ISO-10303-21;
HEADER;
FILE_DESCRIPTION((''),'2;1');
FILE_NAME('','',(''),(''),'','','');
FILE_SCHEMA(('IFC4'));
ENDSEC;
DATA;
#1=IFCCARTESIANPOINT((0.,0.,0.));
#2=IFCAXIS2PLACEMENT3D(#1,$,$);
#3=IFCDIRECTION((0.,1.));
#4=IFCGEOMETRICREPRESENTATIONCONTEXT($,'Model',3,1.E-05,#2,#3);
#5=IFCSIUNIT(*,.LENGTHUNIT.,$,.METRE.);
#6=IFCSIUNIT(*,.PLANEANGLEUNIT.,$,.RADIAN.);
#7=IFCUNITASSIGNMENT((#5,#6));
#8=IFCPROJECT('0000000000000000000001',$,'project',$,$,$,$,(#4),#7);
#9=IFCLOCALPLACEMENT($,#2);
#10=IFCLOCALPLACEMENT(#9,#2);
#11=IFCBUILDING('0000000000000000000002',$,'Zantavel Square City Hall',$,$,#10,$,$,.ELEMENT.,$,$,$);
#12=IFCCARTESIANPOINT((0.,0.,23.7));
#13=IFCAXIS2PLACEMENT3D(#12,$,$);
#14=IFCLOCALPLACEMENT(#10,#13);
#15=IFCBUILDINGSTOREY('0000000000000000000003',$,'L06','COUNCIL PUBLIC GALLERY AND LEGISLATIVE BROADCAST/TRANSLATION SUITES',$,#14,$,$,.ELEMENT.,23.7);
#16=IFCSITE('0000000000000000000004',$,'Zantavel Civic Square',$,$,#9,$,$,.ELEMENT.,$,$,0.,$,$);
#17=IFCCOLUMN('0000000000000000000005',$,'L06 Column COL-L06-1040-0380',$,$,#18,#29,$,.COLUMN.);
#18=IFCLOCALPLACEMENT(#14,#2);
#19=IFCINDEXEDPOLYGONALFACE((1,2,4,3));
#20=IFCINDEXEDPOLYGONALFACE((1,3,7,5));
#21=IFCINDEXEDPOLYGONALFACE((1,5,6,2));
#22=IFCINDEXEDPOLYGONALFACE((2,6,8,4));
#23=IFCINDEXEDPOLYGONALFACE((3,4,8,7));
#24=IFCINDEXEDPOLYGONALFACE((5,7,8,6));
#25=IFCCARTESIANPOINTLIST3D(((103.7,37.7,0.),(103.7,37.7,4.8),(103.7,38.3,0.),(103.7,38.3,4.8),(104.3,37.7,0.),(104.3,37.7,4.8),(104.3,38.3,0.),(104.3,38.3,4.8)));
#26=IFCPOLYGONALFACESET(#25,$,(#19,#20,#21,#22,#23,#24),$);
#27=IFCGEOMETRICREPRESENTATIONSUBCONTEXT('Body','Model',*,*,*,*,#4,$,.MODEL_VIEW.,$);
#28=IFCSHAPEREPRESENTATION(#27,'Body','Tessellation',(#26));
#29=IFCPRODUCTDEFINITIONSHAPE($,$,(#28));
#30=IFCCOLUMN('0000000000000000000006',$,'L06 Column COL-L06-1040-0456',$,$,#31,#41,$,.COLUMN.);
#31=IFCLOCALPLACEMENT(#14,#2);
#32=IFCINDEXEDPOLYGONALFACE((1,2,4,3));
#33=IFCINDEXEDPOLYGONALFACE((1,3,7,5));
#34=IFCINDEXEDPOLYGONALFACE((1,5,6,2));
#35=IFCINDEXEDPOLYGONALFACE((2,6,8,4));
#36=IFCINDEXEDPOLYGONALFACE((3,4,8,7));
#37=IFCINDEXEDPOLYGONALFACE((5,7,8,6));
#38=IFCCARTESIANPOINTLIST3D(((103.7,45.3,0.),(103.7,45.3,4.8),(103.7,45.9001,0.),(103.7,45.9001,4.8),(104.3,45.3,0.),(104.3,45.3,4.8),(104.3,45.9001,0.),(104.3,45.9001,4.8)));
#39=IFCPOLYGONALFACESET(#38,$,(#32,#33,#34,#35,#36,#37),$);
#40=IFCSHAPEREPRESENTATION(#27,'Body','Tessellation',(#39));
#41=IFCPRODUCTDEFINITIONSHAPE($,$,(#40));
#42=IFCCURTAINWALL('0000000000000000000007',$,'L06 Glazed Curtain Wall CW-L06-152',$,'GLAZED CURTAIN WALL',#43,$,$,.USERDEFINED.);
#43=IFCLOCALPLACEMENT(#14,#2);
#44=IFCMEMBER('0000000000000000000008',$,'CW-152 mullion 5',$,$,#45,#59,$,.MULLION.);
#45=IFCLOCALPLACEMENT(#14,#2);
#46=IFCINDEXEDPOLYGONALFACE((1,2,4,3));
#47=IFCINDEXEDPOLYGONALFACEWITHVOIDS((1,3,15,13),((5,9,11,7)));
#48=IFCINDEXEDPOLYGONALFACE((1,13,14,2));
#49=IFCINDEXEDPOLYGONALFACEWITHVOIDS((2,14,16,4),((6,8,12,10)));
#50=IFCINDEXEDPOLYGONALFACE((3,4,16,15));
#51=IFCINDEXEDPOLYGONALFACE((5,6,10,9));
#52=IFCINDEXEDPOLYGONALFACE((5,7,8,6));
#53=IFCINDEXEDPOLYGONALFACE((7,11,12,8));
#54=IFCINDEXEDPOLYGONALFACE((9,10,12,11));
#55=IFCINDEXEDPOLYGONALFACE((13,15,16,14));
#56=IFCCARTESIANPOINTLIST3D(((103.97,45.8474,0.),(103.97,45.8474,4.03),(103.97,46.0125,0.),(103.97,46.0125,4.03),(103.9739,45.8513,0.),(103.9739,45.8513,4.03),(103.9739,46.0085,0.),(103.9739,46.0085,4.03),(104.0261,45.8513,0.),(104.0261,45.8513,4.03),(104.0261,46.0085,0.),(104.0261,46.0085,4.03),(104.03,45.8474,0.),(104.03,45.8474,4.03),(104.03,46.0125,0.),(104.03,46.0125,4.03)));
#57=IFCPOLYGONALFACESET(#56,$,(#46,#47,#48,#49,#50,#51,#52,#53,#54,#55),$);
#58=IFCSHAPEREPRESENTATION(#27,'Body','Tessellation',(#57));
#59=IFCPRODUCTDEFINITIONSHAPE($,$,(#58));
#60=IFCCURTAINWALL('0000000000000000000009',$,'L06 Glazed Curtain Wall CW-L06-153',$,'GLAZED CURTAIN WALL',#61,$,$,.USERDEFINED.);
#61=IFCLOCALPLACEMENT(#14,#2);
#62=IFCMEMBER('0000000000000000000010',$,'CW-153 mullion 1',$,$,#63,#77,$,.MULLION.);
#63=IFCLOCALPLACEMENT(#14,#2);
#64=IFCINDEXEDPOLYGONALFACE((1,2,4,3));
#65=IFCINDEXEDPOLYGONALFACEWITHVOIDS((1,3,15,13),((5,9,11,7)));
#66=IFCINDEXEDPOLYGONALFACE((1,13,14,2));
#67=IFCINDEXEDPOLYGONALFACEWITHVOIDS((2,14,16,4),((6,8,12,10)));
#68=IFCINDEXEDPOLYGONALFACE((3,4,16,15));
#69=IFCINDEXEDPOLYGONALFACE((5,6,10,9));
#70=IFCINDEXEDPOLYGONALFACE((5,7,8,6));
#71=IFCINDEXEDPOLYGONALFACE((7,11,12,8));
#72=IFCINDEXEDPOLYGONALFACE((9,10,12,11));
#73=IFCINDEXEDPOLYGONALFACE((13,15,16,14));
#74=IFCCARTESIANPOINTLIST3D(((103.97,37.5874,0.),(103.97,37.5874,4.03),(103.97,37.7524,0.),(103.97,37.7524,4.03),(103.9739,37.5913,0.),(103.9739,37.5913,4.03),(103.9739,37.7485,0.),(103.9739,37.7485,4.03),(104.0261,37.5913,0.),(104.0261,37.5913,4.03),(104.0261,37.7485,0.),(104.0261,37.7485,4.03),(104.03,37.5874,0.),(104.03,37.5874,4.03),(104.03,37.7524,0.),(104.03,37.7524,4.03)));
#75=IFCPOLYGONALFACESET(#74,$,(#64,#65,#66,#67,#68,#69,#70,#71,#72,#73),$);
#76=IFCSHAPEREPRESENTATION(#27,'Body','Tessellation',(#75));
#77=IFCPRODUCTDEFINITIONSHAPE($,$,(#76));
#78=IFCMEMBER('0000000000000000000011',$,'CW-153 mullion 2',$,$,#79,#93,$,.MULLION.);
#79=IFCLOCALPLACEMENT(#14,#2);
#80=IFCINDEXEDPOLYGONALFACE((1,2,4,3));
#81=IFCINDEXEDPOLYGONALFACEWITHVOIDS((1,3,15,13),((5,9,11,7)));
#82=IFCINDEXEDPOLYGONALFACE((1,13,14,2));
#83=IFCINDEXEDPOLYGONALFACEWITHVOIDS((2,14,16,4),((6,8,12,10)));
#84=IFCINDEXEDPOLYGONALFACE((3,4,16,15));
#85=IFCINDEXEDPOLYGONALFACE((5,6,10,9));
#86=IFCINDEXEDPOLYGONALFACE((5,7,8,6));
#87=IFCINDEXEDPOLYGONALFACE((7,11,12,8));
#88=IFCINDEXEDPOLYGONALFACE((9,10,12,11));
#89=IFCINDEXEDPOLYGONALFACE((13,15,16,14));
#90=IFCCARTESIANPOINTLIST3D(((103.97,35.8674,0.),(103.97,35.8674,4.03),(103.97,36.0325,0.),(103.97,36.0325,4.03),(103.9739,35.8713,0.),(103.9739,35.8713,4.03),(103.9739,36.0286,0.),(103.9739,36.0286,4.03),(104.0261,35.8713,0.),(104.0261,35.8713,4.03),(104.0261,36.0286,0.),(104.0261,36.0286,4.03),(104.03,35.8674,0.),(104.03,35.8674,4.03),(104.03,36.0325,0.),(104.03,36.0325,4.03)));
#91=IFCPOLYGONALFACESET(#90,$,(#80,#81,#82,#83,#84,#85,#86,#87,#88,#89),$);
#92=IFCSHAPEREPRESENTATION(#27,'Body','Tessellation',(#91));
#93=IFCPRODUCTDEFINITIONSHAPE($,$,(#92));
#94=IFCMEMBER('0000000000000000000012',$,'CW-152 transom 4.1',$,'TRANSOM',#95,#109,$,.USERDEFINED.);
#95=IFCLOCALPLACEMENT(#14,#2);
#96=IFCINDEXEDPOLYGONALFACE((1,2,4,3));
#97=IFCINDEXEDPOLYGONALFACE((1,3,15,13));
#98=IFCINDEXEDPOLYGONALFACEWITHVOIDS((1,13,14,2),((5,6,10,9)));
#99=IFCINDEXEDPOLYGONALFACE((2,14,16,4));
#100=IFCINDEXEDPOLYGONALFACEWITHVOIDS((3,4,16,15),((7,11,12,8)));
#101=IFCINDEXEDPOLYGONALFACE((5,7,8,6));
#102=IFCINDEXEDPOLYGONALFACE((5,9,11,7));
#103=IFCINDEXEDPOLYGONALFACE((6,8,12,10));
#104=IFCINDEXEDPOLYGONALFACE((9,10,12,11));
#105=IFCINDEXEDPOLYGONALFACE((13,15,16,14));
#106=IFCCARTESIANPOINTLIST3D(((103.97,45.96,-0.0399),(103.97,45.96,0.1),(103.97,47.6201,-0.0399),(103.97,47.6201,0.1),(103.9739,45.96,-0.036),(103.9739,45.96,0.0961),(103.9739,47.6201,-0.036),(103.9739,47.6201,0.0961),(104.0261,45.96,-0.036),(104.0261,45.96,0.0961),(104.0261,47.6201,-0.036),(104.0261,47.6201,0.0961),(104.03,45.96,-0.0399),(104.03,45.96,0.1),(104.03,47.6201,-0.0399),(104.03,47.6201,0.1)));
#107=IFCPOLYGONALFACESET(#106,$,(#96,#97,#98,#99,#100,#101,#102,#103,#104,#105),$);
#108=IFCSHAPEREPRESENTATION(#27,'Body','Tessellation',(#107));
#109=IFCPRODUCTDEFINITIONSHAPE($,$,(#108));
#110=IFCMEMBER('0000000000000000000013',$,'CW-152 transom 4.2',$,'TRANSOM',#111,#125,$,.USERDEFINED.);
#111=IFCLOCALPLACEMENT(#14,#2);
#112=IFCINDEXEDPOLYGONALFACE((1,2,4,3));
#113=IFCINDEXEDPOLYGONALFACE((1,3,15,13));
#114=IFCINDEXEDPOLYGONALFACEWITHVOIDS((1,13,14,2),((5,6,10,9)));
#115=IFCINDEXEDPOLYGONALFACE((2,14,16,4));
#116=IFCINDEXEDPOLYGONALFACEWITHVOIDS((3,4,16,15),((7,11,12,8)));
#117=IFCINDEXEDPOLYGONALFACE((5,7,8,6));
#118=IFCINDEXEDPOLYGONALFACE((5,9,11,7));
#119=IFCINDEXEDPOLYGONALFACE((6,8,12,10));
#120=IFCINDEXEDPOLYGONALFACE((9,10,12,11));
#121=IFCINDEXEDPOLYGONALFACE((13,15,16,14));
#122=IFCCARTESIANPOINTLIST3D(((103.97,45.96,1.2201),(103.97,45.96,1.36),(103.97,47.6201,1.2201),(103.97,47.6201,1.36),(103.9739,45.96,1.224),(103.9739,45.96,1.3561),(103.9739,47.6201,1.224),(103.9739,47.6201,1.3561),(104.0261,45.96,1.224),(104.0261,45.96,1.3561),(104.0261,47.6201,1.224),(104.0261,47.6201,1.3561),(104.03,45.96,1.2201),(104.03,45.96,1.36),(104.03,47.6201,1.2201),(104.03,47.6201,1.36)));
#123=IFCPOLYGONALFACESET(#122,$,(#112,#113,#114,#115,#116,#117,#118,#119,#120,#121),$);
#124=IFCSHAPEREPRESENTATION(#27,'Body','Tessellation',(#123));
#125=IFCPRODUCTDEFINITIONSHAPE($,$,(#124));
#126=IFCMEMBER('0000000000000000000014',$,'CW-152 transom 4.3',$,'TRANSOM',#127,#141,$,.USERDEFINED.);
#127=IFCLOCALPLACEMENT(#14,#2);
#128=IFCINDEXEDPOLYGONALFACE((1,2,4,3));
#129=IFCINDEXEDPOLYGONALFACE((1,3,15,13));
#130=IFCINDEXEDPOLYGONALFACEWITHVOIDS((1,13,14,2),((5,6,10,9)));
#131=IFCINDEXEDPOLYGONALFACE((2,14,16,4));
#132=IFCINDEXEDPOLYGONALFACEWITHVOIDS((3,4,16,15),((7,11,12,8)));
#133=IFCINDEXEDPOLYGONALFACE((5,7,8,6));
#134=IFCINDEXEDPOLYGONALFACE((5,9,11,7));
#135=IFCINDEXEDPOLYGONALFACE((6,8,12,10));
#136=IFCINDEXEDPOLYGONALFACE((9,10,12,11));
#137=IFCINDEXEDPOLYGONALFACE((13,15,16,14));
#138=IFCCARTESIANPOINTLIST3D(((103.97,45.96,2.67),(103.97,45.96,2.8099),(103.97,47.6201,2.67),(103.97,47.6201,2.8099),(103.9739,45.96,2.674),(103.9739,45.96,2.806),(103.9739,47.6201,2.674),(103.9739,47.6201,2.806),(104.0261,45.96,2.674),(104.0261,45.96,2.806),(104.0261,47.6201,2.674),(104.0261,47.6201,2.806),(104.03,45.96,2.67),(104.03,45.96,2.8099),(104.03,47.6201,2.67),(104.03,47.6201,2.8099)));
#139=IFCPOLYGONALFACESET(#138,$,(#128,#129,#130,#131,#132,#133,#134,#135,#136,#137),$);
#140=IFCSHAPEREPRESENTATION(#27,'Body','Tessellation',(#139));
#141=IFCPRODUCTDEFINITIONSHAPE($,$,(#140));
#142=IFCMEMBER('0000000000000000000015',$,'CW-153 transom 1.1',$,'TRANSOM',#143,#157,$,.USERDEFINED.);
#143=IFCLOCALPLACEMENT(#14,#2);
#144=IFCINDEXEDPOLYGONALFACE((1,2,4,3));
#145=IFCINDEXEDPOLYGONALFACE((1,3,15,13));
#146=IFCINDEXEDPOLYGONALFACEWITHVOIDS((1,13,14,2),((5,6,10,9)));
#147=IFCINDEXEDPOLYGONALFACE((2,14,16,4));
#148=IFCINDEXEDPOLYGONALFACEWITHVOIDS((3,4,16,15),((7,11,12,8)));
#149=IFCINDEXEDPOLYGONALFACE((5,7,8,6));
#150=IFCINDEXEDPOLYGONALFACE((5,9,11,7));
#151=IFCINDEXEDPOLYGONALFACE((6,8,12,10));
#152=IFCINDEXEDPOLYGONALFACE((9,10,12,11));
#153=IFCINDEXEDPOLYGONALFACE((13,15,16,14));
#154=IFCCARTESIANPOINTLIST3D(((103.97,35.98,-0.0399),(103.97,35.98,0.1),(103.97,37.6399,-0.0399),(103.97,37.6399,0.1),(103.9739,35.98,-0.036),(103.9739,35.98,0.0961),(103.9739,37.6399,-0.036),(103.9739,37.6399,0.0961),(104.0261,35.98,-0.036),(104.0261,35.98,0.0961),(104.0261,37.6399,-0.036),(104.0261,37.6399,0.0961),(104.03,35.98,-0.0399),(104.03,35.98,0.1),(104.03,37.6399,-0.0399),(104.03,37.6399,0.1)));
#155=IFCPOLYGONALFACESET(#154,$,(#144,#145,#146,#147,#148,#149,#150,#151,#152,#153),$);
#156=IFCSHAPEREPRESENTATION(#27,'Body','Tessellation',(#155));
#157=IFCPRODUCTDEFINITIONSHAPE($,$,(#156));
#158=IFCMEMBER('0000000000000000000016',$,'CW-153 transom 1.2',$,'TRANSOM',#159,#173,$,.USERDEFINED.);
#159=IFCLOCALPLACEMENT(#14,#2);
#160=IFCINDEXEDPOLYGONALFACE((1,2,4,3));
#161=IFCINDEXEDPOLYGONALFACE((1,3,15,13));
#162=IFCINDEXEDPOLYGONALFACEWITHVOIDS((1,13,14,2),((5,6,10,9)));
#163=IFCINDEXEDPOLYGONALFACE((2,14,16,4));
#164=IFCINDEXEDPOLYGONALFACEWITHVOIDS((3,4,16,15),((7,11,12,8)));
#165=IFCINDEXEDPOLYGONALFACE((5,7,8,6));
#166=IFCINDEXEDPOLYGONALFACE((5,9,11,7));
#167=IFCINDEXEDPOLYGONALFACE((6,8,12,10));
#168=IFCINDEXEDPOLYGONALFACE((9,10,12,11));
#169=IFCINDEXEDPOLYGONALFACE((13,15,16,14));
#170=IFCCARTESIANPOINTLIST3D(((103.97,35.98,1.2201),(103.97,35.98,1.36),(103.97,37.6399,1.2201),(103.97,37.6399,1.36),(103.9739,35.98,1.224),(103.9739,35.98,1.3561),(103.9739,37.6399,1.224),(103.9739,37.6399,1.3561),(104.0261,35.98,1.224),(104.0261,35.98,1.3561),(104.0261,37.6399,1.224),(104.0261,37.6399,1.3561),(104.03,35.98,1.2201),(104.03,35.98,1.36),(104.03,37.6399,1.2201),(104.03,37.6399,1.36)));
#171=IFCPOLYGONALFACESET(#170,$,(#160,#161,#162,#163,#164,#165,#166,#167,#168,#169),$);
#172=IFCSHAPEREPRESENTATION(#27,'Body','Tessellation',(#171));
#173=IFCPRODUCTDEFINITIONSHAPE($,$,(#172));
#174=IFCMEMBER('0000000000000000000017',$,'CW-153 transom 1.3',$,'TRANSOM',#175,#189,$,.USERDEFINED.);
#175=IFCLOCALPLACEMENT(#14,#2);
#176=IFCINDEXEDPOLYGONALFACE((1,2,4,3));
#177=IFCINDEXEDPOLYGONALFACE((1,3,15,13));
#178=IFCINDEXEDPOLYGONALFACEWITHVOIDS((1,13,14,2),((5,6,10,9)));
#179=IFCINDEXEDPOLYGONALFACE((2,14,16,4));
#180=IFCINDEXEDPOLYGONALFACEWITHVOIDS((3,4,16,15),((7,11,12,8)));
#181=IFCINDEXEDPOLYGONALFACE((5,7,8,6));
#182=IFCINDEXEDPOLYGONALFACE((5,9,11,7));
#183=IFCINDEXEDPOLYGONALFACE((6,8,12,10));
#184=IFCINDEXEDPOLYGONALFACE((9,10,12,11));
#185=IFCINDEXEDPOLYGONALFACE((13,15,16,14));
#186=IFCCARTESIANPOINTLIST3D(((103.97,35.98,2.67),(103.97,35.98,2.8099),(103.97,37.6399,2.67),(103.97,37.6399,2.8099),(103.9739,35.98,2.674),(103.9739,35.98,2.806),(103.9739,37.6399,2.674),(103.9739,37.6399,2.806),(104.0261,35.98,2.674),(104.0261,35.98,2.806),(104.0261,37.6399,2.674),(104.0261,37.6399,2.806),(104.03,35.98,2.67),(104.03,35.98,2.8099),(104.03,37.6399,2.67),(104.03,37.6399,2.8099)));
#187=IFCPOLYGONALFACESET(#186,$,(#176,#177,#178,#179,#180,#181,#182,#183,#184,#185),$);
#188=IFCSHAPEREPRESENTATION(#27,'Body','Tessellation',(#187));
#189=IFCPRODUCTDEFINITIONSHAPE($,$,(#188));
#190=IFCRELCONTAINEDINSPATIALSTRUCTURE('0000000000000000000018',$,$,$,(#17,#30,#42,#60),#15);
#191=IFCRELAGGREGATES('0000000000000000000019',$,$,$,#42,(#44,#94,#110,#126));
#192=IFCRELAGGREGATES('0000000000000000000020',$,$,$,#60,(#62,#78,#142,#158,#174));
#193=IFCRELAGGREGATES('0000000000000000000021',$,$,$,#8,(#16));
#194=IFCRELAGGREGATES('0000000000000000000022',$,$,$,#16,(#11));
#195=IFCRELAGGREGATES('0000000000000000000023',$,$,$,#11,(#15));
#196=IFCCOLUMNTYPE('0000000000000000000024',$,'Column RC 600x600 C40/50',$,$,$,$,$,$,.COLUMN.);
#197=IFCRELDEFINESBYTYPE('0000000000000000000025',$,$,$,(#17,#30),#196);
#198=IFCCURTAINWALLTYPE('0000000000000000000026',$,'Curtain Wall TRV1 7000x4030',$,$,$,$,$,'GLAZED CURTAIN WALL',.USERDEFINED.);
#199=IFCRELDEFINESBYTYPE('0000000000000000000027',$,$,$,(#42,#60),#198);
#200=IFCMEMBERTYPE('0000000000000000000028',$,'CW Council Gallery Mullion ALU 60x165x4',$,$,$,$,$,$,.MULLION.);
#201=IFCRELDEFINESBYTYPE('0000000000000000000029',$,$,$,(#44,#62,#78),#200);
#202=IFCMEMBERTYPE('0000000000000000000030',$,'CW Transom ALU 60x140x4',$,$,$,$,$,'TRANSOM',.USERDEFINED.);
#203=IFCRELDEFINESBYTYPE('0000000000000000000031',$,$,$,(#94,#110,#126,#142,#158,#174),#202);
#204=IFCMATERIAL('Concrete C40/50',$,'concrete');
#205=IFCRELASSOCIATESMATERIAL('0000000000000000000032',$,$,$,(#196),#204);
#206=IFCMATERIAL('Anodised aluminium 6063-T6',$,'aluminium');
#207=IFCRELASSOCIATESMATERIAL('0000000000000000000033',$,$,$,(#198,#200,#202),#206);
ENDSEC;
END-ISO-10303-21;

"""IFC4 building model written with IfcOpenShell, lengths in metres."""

from ifc_helpers import new_model, si_unit, direction, frame, origin, origin_2d, place, context, subcontext, project, spatial, rectangle, hollow_rectangle, extrude, material, material_profile, profile_set, type_object, element, aggregate, save


model = new_model("IFC4")

# Units and contexts
model_context = context("Model", 3, precision=1e-05, world=origin(), true_north=direction((0.0, 1.0)))
body_context = subcontext(model_context, "Body", "Model", "MODEL_VIEW")
ifc_project = project(units=[si_unit("LENGTHUNIT", "METRE"), si_unit("PLANEANGLEUNIT", "RADIAN")], contexts=[model_context])

# Site, building, storey
site_placement = place(None, origin())
site = spatial("IfcSite", under=ifc_project, at=site_placement, Name="Zantavel Civic Square", CompositionType="ELEMENT", RefElevation=0.0)
building_placement = place(site_placement, origin())
building = spatial("IfcBuilding", under=site, at=building_placement, Name="Zantavel Square City Hall", CompositionType="ELEMENT")
storey_placement = place(building_placement, frame((0.0, 0.0, 23.7)))
storey = spatial("IfcBuildingStorey", under=building, at=storey_placement, Name="L06", Description="COUNCIL PUBLIC GALLERY AND LEGISLATIVE BROADCAST/TRANSLATION SUITES", CompositionType="ELEMENT", Elevation=23.7)

# Columns
ifc_material_1 = material(Name="Concrete C40/50", Category="concrete")
ifc_material_profile_1 = material_profile(ifc_material_1, rectangle(XDim=0.6001, YDim=0.6001, at=origin_2d()), Name="RC 600x600")
ifc_profile_set_1 = profile_set([ifc_material_profile_1], Name="Concrete C40/50")
column_type = type_object("IfcColumnType", Name="Column RC 600x600 C40/50", PredefinedType="COLUMN", material=ifc_profile_set_1)
for number, where, z_axis, x_axis, name in (
    (1, (104.0, 38.0, 0.0), (0.0, 0.0, 1.0), (1.0, 0.0, 0.0), "L06 Column COL-L06-1040-0380"),
    (2, (104.0, 45.6001, 0.0), (0.0, 0.0, 1.0), (1.0, 0.0, 0.0), "L06 Column COL-L06-1040-0456"),
):
    element("IfcColumn", number, at=place(storey_placement, frame(where, z_axis=z_axis, x_axis=x_axis)), inside=storey, type_object=column_type, Name=name, PredefinedType="COLUMN", context=body_context, shape_type="SweptSolid", body=[
        extrude(rectangle(XDim=0.6001, YDim=0.6001, at=origin_2d()), origin(), (0.0, 0.0, 1.0), 4.8),
    ])

# Curtain wall, member
ifc_material_2 = material(Name="Anodised aluminium 6063-T6", Category="aluminium")
curtain_wall_type = type_object("IfcCurtainWallType", Name="Curtain Wall TRV1 7000x4030", ElementType="GLAZED CURTAIN WALL", PredefinedType="USERDEFINED", material=ifc_material_2)
curtain_wall_1_placement = place(storey_placement, origin())
curtain_wall_1 = element("IfcCurtainWall", 3, at=curtain_wall_1_placement, inside=storey, type_object=curtain_wall_type, Name="L06 Glazed Curtain Wall CW-L06-152", ObjectType="GLAZED CURTAIN WALL", PredefinedType="USERDEFINED")
ifc_material_profile_2 = material_profile(ifc_material_2, hollow_rectangle(XDim=0.0601, YDim=0.165, WallThickness=0.0039, at=origin_2d()), Name="ALU 60x165x4")
ifc_profile_set_2 = profile_set([ifc_material_profile_2], Name="Anodised aluminium 6063-T6")
member_type_1 = type_object("IfcMemberType", Name="CW Council Gallery Mullion ALU 60x165x4", PredefinedType="MULLION", material=ifc_profile_set_2)
member_1_placement = place(storey_placement, frame((104.0, 45.9299, 0.0), z_axis=(0.0, 0.0, 1.0), x_axis=(1.0, 0.0, 0.0)))
member_1 = element("IfcMember", 4, at=member_1_placement, type_object=member_type_1, Name="CW-152 mullion 5", PredefinedType="MULLION", context=body_context, shape_type="SweptSolid", body=[
    extrude(hollow_rectangle(XDim=0.0601, YDim=0.165, WallThickness=0.0039, at=origin_2d()), origin(), (0.0, 0.0, 1.0), 4.03),
])

# Curtain wall, members
curtain_wall_2_placement = place(storey_placement, origin())
curtain_wall_2 = element("IfcCurtainWall", 5, at=curtain_wall_2_placement, inside=storey, type_object=curtain_wall_type, Name="L06 Glazed Curtain Wall CW-L06-153", ObjectType="GLAZED CURTAIN WALL", PredefinedType="USERDEFINED")
member_2_placement = place(storey_placement, frame((104.0, 37.6699, 0.0), z_axis=(0.0, 0.0, 1.0), x_axis=(1.0, 0.0, 0.0)))
member_2 = element("IfcMember", 6, at=member_2_placement, type_object=member_type_1, Name="CW-153 mullion 1", PredefinedType="MULLION", context=body_context, shape_type="SweptSolid", body=[
    extrude(hollow_rectangle(XDim=0.0601, YDim=0.165, WallThickness=0.0039, at=origin_2d()), origin(), (0.0, 0.0, 1.0), 4.03),
])
member_3_placement = place(storey_placement, frame((104.0, 35.95, 0.0), z_axis=(0.0, 0.0, 1.0), x_axis=(1.0, 0.0, 0.0)))
member_3 = element("IfcMember", 7, at=member_3_placement, type_object=member_type_1, Name="CW-153 mullion 2", PredefinedType="MULLION", context=body_context, shape_type="SweptSolid", body=[
    extrude(hollow_rectangle(XDim=0.0601, YDim=0.165, WallThickness=0.0039, at=origin_2d()), origin(), (0.0, 0.0, 1.0), 4.03),
])

# Members
ifc_material_profile_3 = material_profile(ifc_material_2, hollow_rectangle(XDim=0.0601, YDim=0.1399, WallThickness=0.0039, at=origin_2d()), Name="ALU 60x140x4")
ifc_profile_set_3 = profile_set([ifc_material_profile_3], Name="Anodised aluminium 6063-T6")
member_type_2 = type_object("IfcMemberType", Name="CW Transom ALU 60x140x4", ElementType="TRANSOM", PredefinedType="USERDEFINED", material=ifc_profile_set_3)
member_4_placement = place(storey_placement, frame((104.0, 47.6201, 0.03), z_axis=(0.0, -1.0, 0.0), x_axis=(1.0, 0.0, 0.0)))
member_4 = element("IfcMember", 8, at=member_4_placement, type_object=member_type_2, Name="CW-152 transom 4.1", ObjectType="TRANSOM", PredefinedType="USERDEFINED", context=body_context, shape_type="SweptSolid", body=[
    extrude(hollow_rectangle(XDim=0.0601, YDim=0.1399, WallThickness=0.0039, at=origin_2d()), origin(), (0.0, 0.0, 1.0), 1.6602),
])
member_5_placement = place(storey_placement, frame((104.0, 47.6201, 1.29), z_axis=(0.0, -1.0, 0.0), x_axis=(1.0, 0.0, 0.0)))
member_5 = element("IfcMember", 9, at=member_5_placement, type_object=member_type_2, Name="CW-152 transom 4.2", ObjectType="TRANSOM", PredefinedType="USERDEFINED", context=body_context, shape_type="SweptSolid", body=[
    extrude(hollow_rectangle(XDim=0.0601, YDim=0.1399, WallThickness=0.0039, at=origin_2d()), origin(), (0.0, 0.0, 1.0), 1.6602),
])
member_6_placement = place(storey_placement, frame((104.0, 47.6201, 2.74), z_axis=(0.0, -1.0, 0.0), x_axis=(1.0, 0.0, 0.0)))
member_6 = element("IfcMember", 10, at=member_6_placement, type_object=member_type_2, Name="CW-152 transom 4.3", ObjectType="TRANSOM", PredefinedType="USERDEFINED", context=body_context, shape_type="SweptSolid", body=[
    extrude(hollow_rectangle(XDim=0.0601, YDim=0.1399, WallThickness=0.0039, at=origin_2d()), origin(), (0.0, 0.0, 1.0), 1.6602),
])
member_7_placement = place(storey_placement, frame((104.0, 37.6399, 0.03), z_axis=(0.0, -1.0, 0.0), x_axis=(1.0, 0.0, 0.0)))
member_7 = element("IfcMember", 11, at=member_7_placement, type_object=member_type_2, Name="CW-153 transom 1.1", ObjectType="TRANSOM", PredefinedType="USERDEFINED", context=body_context, shape_type="SweptSolid", body=[
    extrude(hollow_rectangle(XDim=0.0601, YDim=0.1399, WallThickness=0.0039, at=origin_2d()), origin(), (0.0, 0.0, 1.0), 1.6599),
])
member_8_placement = place(storey_placement, frame((104.0, 37.6399, 1.29), z_axis=(0.0, -1.0, 0.0), x_axis=(1.0, 0.0, 0.0)))
member_8 = element("IfcMember", 12, at=member_8_placement, type_object=member_type_2, Name="CW-153 transom 1.2", ObjectType="TRANSOM", PredefinedType="USERDEFINED", context=body_context, shape_type="SweptSolid", body=[
    extrude(hollow_rectangle(XDim=0.0601, YDim=0.1399, WallThickness=0.0039, at=origin_2d()), origin(), (0.0, 0.0, 1.0), 1.6599),
])
member_9_placement = place(storey_placement, frame((104.0, 37.6399, 2.74), z_axis=(0.0, -1.0, 0.0), x_axis=(1.0, 0.0, 0.0)))
member_9 = element("IfcMember", 13, at=member_9_placement, type_object=member_type_2, Name="CW-153 transom 1.3", ObjectType="TRANSOM", PredefinedType="USERDEFINED", context=body_context, shape_type="SweptSolid", body=[
    extrude(hollow_rectangle(XDim=0.0601, YDim=0.1399, WallThickness=0.0039, at=origin_2d()), origin(), (0.0, 0.0, 1.0), 1.6599),
])

aggregate(curtain_wall_1, [member_1, member_4, member_5, member_6])
aggregate(curtain_wall_2, [member_2, member_3, member_7, member_8, member_9])

save(model, "model.ifc")
